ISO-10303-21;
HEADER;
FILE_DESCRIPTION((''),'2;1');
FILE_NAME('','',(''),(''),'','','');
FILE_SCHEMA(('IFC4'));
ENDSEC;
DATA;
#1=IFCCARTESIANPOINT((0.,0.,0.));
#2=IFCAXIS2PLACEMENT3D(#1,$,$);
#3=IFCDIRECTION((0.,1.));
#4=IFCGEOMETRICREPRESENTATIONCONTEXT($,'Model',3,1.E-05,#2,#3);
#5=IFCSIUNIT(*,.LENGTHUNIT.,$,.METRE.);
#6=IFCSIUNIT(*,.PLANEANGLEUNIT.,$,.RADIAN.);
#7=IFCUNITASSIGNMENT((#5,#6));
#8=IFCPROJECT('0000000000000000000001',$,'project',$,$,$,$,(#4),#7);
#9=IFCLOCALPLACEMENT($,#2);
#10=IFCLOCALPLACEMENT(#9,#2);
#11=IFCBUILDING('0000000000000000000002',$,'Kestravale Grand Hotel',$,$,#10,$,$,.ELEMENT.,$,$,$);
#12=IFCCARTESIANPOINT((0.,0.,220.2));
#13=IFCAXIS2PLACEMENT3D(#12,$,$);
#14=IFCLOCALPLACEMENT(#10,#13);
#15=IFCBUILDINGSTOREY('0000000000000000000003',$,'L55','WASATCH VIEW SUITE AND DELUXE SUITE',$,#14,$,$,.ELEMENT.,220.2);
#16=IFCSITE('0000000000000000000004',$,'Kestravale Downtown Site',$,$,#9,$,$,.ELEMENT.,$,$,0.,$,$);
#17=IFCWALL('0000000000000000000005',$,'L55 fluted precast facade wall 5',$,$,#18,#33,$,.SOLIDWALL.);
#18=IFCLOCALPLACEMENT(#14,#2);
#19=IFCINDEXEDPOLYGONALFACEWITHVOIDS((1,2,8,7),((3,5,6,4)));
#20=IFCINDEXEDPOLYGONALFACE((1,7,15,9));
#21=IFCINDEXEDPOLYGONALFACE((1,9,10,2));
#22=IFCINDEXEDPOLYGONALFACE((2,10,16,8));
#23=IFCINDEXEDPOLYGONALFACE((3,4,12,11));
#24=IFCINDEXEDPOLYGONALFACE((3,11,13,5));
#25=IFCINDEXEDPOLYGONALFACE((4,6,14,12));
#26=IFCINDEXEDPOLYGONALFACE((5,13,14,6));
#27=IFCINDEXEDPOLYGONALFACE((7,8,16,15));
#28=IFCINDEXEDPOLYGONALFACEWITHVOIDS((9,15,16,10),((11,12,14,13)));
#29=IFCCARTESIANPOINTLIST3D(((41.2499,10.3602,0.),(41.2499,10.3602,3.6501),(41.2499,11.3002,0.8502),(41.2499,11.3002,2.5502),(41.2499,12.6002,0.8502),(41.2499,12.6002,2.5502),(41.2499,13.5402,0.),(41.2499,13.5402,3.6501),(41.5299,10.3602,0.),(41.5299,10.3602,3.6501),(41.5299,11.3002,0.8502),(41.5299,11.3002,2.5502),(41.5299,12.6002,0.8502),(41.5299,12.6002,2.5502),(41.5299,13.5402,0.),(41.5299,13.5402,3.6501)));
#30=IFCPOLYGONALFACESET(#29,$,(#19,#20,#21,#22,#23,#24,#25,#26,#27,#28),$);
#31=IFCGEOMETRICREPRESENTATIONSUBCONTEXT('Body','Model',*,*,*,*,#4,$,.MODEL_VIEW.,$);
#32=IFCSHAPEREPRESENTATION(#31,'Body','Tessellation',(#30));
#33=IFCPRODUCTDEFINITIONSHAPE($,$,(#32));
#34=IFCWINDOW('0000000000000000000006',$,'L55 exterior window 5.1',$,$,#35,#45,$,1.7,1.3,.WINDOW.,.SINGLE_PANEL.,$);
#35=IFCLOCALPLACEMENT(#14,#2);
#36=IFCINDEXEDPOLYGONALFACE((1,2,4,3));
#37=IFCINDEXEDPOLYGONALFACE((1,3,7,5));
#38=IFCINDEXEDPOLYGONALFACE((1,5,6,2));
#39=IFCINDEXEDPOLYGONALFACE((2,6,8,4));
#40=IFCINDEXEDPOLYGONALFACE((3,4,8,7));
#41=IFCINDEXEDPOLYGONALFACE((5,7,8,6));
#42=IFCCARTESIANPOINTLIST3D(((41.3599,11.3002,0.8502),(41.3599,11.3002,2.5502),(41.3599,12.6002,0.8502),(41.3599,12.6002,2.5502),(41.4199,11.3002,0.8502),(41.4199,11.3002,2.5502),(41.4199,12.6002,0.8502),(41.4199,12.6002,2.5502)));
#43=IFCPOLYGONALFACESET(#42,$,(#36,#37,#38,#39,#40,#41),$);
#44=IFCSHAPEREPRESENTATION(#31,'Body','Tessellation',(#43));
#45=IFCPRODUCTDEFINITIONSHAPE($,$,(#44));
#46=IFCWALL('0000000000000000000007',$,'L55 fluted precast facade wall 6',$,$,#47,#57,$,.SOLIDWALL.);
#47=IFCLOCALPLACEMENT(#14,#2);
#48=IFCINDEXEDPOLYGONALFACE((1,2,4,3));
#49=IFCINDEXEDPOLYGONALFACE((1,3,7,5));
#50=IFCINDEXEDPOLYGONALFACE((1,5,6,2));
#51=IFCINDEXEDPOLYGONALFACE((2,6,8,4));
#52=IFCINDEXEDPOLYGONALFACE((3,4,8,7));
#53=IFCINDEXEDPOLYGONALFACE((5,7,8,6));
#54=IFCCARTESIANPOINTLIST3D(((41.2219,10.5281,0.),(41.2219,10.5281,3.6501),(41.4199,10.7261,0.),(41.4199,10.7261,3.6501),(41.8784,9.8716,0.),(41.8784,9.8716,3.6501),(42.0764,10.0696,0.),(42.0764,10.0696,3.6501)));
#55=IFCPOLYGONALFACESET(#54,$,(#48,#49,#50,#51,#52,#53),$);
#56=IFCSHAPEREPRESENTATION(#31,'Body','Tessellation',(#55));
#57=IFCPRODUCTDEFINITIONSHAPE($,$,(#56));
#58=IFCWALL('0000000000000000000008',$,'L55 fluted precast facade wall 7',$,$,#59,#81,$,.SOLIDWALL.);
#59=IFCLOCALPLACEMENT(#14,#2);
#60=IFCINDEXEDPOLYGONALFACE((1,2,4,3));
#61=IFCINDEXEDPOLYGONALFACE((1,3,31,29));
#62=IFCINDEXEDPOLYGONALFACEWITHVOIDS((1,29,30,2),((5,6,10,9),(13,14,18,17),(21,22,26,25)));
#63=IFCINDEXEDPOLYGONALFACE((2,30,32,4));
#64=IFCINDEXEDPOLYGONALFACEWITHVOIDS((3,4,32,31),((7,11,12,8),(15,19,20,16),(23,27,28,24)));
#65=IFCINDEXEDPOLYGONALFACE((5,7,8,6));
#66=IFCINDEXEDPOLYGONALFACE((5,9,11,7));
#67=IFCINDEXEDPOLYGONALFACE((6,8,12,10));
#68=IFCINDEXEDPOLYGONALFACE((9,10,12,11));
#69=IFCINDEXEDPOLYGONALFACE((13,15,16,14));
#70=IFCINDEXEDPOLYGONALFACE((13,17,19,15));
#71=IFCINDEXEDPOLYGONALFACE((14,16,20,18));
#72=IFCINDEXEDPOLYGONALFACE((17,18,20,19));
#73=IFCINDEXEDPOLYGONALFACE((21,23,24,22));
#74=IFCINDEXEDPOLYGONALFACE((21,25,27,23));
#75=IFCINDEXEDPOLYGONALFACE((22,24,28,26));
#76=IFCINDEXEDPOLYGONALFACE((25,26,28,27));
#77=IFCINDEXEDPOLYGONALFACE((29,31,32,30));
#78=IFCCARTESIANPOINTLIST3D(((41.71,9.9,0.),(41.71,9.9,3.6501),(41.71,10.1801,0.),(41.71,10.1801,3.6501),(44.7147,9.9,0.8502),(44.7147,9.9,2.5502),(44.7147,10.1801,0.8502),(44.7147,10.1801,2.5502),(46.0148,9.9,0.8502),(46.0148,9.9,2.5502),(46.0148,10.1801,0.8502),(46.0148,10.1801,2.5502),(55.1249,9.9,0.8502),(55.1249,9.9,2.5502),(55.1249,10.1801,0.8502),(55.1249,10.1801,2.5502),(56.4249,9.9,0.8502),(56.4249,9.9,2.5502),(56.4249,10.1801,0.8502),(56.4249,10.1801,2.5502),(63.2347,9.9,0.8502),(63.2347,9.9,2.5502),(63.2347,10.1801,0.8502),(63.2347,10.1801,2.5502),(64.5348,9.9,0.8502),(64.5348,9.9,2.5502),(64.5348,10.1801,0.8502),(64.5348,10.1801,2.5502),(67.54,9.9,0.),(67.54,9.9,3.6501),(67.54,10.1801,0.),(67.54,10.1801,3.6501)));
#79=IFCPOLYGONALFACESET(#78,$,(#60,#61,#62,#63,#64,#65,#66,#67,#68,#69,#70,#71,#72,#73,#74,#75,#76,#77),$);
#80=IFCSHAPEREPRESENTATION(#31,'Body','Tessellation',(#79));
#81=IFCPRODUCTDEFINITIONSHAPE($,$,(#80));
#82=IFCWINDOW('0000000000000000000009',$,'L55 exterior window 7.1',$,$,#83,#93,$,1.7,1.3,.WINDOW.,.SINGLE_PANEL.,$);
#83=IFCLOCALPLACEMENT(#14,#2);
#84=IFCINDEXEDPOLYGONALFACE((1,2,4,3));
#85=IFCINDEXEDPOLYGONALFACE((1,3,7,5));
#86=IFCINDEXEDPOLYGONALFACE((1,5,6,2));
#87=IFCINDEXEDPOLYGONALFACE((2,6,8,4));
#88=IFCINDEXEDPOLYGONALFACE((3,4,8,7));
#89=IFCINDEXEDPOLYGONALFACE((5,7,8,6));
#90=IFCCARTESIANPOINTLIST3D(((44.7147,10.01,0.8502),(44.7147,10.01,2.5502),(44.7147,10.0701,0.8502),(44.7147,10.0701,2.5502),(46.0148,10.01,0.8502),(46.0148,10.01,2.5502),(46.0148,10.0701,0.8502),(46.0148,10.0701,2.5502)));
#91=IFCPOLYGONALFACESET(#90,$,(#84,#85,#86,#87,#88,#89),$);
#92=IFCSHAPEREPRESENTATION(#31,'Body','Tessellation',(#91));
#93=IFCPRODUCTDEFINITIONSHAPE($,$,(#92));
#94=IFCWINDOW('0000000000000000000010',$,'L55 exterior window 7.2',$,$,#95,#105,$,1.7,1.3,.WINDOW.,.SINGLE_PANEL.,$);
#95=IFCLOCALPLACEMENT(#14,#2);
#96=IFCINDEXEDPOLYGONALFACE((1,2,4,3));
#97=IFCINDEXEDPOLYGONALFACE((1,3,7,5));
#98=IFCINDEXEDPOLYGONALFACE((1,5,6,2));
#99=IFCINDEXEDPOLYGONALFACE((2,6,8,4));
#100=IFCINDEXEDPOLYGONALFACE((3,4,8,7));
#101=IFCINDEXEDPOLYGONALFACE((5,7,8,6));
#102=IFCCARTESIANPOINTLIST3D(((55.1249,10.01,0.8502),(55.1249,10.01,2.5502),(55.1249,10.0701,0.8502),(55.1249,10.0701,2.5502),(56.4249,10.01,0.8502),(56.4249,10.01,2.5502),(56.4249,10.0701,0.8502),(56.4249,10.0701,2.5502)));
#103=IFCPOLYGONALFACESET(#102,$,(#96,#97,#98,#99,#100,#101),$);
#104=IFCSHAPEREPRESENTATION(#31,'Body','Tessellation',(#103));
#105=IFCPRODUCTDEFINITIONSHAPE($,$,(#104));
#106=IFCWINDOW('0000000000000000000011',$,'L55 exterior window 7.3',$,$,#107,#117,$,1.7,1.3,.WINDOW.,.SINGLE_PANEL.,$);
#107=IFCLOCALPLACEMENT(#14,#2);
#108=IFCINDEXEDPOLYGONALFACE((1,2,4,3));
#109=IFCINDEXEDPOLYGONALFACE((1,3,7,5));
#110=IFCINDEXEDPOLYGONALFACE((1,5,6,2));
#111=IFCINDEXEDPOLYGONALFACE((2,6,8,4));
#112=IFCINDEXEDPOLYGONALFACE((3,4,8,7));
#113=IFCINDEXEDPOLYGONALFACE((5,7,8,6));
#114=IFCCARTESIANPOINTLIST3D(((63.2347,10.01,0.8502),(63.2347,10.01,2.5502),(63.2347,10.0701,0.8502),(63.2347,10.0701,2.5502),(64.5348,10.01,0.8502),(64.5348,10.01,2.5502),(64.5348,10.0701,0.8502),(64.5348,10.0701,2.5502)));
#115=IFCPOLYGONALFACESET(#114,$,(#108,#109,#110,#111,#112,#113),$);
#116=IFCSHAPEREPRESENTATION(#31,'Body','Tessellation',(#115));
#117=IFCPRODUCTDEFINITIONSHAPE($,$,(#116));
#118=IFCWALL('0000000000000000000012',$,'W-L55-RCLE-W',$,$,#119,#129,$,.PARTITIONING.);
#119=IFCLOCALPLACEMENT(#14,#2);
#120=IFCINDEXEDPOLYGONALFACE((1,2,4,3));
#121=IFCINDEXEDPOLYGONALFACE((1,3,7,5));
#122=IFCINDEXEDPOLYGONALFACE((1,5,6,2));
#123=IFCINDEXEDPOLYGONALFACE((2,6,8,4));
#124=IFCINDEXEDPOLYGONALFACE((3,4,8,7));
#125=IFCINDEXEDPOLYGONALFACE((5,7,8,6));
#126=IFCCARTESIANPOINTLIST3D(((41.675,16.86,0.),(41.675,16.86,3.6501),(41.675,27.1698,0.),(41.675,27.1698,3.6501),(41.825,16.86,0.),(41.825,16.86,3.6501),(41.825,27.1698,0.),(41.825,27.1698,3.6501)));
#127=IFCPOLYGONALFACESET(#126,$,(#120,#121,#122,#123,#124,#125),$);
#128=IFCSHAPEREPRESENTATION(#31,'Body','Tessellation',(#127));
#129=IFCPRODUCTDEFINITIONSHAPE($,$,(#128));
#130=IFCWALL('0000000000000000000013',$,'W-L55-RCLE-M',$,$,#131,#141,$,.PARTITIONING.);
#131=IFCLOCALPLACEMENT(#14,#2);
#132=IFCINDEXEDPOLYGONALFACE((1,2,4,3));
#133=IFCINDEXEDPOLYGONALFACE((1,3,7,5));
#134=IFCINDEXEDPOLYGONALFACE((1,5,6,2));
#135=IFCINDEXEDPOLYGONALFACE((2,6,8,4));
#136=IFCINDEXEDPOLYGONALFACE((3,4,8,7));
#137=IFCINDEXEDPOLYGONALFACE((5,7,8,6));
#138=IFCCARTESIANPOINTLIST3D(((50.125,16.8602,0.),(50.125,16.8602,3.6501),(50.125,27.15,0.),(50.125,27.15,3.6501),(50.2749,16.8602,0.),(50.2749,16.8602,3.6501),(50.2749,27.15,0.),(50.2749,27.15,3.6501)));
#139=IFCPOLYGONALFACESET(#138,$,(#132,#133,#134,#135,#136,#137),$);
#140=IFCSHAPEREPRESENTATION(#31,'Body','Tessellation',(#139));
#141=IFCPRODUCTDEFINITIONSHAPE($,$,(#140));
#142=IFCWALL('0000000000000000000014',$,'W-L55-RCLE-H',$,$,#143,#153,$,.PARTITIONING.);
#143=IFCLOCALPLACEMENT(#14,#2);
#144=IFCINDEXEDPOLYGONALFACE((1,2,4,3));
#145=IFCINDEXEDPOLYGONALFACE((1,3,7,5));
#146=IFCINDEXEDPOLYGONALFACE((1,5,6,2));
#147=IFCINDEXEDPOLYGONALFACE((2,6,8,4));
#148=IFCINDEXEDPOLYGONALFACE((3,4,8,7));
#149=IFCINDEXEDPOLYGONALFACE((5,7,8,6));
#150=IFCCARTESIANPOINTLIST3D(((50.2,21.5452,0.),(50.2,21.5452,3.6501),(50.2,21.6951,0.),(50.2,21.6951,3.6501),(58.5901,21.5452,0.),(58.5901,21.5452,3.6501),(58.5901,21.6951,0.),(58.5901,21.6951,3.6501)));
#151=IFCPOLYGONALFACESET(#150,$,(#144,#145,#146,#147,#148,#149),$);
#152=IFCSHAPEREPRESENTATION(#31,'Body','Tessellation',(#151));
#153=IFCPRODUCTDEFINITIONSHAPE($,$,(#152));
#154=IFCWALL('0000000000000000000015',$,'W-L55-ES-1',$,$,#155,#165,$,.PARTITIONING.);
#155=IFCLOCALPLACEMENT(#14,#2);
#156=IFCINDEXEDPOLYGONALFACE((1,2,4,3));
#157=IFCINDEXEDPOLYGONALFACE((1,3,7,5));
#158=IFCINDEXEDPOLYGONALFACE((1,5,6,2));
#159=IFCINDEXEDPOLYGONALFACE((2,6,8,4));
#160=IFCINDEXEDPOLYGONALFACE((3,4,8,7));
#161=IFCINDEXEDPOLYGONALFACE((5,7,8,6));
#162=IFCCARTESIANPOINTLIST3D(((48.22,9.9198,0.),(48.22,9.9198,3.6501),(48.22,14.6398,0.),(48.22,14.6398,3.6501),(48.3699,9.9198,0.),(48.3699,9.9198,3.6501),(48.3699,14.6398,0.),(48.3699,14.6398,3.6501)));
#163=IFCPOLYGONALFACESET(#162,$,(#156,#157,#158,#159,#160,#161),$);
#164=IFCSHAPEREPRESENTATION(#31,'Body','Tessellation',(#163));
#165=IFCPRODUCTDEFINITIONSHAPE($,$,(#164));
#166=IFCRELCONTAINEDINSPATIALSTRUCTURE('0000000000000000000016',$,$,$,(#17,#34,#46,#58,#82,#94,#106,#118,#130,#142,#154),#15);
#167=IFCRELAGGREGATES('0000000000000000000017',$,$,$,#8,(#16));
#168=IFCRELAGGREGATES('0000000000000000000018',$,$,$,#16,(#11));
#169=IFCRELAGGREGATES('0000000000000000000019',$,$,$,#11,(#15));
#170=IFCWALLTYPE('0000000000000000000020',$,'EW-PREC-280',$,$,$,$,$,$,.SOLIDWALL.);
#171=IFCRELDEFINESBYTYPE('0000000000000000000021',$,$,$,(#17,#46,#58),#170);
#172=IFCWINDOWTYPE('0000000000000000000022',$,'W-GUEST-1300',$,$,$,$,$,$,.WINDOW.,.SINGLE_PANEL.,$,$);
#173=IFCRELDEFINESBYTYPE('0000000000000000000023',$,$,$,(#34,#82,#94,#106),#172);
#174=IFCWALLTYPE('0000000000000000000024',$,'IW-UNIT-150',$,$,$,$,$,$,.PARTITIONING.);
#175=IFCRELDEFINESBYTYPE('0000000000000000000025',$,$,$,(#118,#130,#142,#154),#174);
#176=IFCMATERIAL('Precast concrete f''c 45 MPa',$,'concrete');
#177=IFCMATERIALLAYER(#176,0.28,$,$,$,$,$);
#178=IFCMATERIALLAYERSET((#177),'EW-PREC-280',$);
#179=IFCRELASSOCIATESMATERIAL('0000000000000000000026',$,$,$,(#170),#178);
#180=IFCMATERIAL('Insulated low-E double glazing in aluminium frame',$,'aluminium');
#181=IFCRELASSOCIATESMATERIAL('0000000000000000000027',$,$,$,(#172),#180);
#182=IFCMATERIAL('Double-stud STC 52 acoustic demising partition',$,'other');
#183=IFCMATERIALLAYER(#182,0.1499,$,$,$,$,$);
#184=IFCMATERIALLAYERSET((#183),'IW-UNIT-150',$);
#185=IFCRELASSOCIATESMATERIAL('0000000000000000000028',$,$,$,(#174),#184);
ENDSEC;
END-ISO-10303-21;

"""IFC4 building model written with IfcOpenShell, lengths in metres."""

from ifc_helpers import new_model, si_unit, direction, frame, frame_2d, origin, place, context, subcontext, project, spatial, rectangle, extrude, material, layer, layer_set, type_object, element, fill, save


model = new_model("IFC4")

# Units and contexts
model_context = context("Model", 3, precision=1e-05, world=origin(), true_north=direction((0.0, 1.0)))
body_context = subcontext(model_context, "Body", "Model", "MODEL_VIEW")
ifc_project = project(units=[si_unit("LENGTHUNIT", "METRE"), si_unit("PLANEANGLEUNIT", "RADIAN")], contexts=[model_context])

# Site, building, storey
site_placement = place(None, origin())
site = spatial("IfcSite", under=ifc_project, at=site_placement, Name="Kestravale Downtown Site", CompositionType="ELEMENT", RefElevation=0.0)
building_placement = place(site_placement, origin())
building = spatial("IfcBuilding", under=site, at=building_placement, Name="Kestravale Grand Hotel", CompositionType="ELEMENT")
storey_placement = place(building_placement, frame((0.0, 0.0, 220.2)))
storey = spatial("IfcBuildingStorey", under=building, at=storey_placement, Name="L55", Description="WASATCH VIEW SUITE AND DELUXE SUITE", CompositionType="ELEMENT", Elevation=220.2)

# Wall, opening, window
ifc_material_1 = material(Name="Precast concrete f'c 45 MPa", Category="concrete")
ifc_layer_1 = layer(ifc_material_1, 0.28)
ifc_layer_set_1 = layer_set([ifc_layer_1], Name="EW-PREC-280")
wall_type_1 = type_object("IfcWallType", Name="EW-PREC-280", PredefinedType="SOLIDWALL", material=ifc_layer_set_1)
wall_1_placement = place(storey_placement, frame((41.3899, 13.54, 0.0), z_axis=(0.0, 0.0, 1.0), x_axis=(0.0, -1.0, 0.0)))
wall_1 = element("IfcWall", 1, at=wall_1_placement, inside=storey, type_object=wall_type_1, Name="L55 fluted precast facade wall 5", PredefinedType="SOLIDWALL", context=body_context, shape_type="SweptSolid", body=[
    extrude(rectangle(XDim=3.1799, YDim=0.28, at=frame_2d((1.5898, 0.0))), origin(), (0.0, 0.0, 1.0), 3.6501),
])
opening_1_placement = place(wall_1_placement, frame((0.9399, 0.0, 0.8501)))
opening_1 = element("IfcOpeningElement", 2, at=opening_1_placement, cuts=wall_1, PredefinedType="OPENING", context=body_context, shape_type="SweptSolid", body=[
    extrude(rectangle(XDim=1.3, YDim=1.7, at=frame_2d((0.6499, 0.8501))), frame((0.0, 0.1499, 0.0), z_axis=(0.0, -1.0, 0.0), x_axis=(1.0, 0.0, 0.0)), (0.0, 0.0, 1.0), 0.3),
])
ifc_material_2 = material(Name="Insulated low-E double glazing in aluminium frame", Category="aluminium")
window_type = type_object("IfcWindowType", Name="W-GUEST-1300", PartitioningType="SINGLE_PANEL", PredefinedType="WINDOW", material=ifc_material_2)
window_1_placement = place(opening_1_placement, origin())
window_1 = element("IfcWindow", 3, at=window_1_placement, inside=storey, type_object=window_type, Name="L55 exterior window 5.1", OverallHeight=1.7, OverallWidth=1.3, PartitioningType="SINGLE_PANEL", PredefinedType="WINDOW", context=body_context, shape_type="SweptSolid", body=[
    extrude(rectangle(XDim=1.3, YDim=1.7, at=frame_2d((0.6499, 0.8501))), frame((0.0, 0.03, 0.0), z_axis=(0.0, -1.0, 0.0), x_axis=(1.0, 0.0, 0.0)), (0.0, 0.0, 1.0), 0.0601),
])
fill(opening_1, window_1)

# Wall
wall_2_placement = place(storey_placement, frame((41.3208, 10.6272, 0.0), z_axis=(0.0, 0.0, 1.0), x_axis=(0.707107, -0.707107, 0.0)))
element("IfcWall", 4, at=wall_2_placement, inside=storey, type_object=wall_type_1, Name="L55 fluted precast facade wall 6", PredefinedType="SOLIDWALL", context=body_context, shape_type="SweptSolid", body=[
    extrude(rectangle(XDim=0.9285, YDim=0.28, at=frame_2d((0.4644, 0.0))), origin(), (0.0, 0.0, 1.0), 3.6501),
])

# Wall, openings, windows
wall_3_placement = place(storey_placement, frame((41.71, 10.04, 0.0), z_axis=(0.0, 0.0, 1.0), x_axis=(1.0, 0.0, 0.0)))
wall_3 = element("IfcWall", 5, at=wall_3_placement, inside=storey, type_object=wall_type_1, Name="L55 fluted precast facade wall 7", PredefinedType="SOLIDWALL", context=body_context, shape_type="SweptSolid", body=[
    extrude(rectangle(XDim=25.8301, YDim=0.28, at=frame_2d((12.915, 0.0))), origin(), (0.0, 0.0, 1.0), 3.6501),
])
opening_2_placement = place(wall_3_placement, frame((3.0049, 0.0, 0.8501)))
opening_2 = element("IfcOpeningElement", 6, at=opening_2_placement, cuts=wall_3, PredefinedType="OPENING", context=body_context, shape_type="SweptSolid", body=[
    extrude(rectangle(XDim=1.3, YDim=1.7, at=frame_2d((0.6499, 0.8501))), frame((0.0, 0.1499, 0.0), z_axis=(0.0, -1.0, 0.0), x_axis=(1.0, 0.0, 0.0)), (0.0, 0.0, 1.0), 0.3),
])
opening_3_placement = place(wall_3_placement, frame((13.415, 0.0, 0.8501)))
opening_3 = element("IfcOpeningElement", 7, at=opening_3_placement, cuts=wall_3, PredefinedType="OPENING", context=body_context, shape_type="SweptSolid", body=[
    extrude(rectangle(XDim=1.3, YDim=1.7, at=frame_2d((0.6499, 0.8501))), frame((0.0, 0.1499, 0.0), z_axis=(0.0, -1.0, 0.0), x_axis=(1.0, 0.0, 0.0)), (0.0, 0.0, 1.0), 0.3),
])
opening_4_placement = place(wall_3_placement, frame((21.5249, 0.0, 0.8501)))
opening_4 = element("IfcOpeningElement", 8, at=opening_4_placement, cuts=wall_3, PredefinedType="OPENING", context=body_context, shape_type="SweptSolid", body=[
    extrude(rectangle(XDim=1.3, YDim=1.7, at=frame_2d((0.6499, 0.8501))), frame((0.0, 0.1499, 0.0), z_axis=(0.0, -1.0, 0.0), x_axis=(1.0, 0.0, 0.0)), (0.0, 0.0, 1.0), 0.3),
])
window_2_placement = place(opening_2_placement, origin())
window_2 = element("IfcWindow", 9, at=window_2_placement, inside=storey, type_object=window_type, Name="L55 exterior window 7.1", OverallHeight=1.7, OverallWidth=1.3, PartitioningType="SINGLE_PANEL", PredefinedType="WINDOW", context=body_context, shape_type="SweptSolid", body=[
    extrude(rectangle(XDim=1.3, YDim=1.7, at=frame_2d((0.6499, 0.8501))), frame((0.0, 0.03, 0.0), z_axis=(0.0, -1.0, 0.0), x_axis=(1.0, 0.0, 0.0)), (0.0, 0.0, 1.0), 0.0601),
])
fill(opening_2, window_2)
window_3_placement = place(opening_3_placement, origin())
window_3 = element("IfcWindow", 10, at=window_3_placement, inside=storey, type_object=window_type, Name="L55 exterior window 7.2", OverallHeight=1.7, OverallWidth=1.3, PartitioningType="SINGLE_PANEL", PredefinedType="WINDOW", context=body_context, shape_type="SweptSolid", body=[
    extrude(rectangle(XDim=1.3, YDim=1.7, at=frame_2d((0.6499, 0.8501))), frame((0.0, 0.03, 0.0), z_axis=(0.0, -1.0, 0.0), x_axis=(1.0, 0.0, 0.0)), (0.0, 0.0, 1.0), 0.0601),
])
fill(opening_3, window_3)
window_4_placement = place(opening_4_placement, origin())
window_4 = element("IfcWindow", 11, at=window_4_placement, inside=storey, type_object=window_type, Name="L55 exterior window 7.3", OverallHeight=1.7, OverallWidth=1.3, PartitioningType="SINGLE_PANEL", PredefinedType="WINDOW", context=body_context, shape_type="SweptSolid", body=[
    extrude(rectangle(XDim=1.3, YDim=1.7, at=frame_2d((0.6499, 0.8501))), frame((0.0, 0.03, 0.0), z_axis=(0.0, -1.0, 0.0), x_axis=(1.0, 0.0, 0.0)), (0.0, 0.0, 1.0), 0.0601),
])
fill(opening_4, window_4)

# Walls
ifc_material_3 = material(Name="Double-stud STC 52 acoustic demising partition", Category="other")
ifc_layer_2 = layer(ifc_material_3, 0.1499)
ifc_layer_set_2 = layer_set([ifc_layer_2], Name="IW-UNIT-150")
wall_type_2 = type_object("IfcWallType", Name="IW-UNIT-150", PredefinedType="PARTITIONING", material=ifc_layer_set_2)
wall_4_placement = place(storey_placement, frame((41.75, 16.8601, 0.0), z_axis=(0.0, 0.0, 1.0), x_axis=(0.0, 1.0, 0.0)))
element("IfcWall", 12, at=wall_4_placement, inside=storey, type_object=wall_type_2, Name="W-L55-RCLE-W", PredefinedType="PARTITIONING", context=body_context, shape_type="SweptSolid", body=[
    extrude(rectangle(XDim=10.3098, YDim=0.1499, at=frame_2d((5.1548, 0.0))), origin(), (0.0, 0.0, 1.0), 3.6501),
])
wall_5_placement = place(storey_placement, frame((50.2, 16.8601, 0.0), z_axis=(0.0, 0.0, 1.0), x_axis=(0.0, 1.0, 0.0)))
element("IfcWall", 13, at=wall_5_placement, inside=storey, type_object=wall_type_2, Name="W-L55-RCLE-M", PredefinedType="PARTITIONING", context=body_context, shape_type="SweptSolid", body=[
    extrude(rectangle(XDim=10.2898, YDim=0.1499, at=frame_2d((5.145, 0.0))), origin(), (0.0, 0.0, 1.0), 3.6501),
])
wall_6_placement = place(storey_placement, frame((50.2, 21.6201, 0.0), z_axis=(0.0, 0.0, 1.0), x_axis=(1.0, 0.0, 0.0)))
element("IfcWall", 14, at=wall_6_placement, inside=storey, type_object=wall_type_2, Name="W-L55-RCLE-H", PredefinedType="PARTITIONING", context=body_context, shape_type="SweptSolid", body=[
    extrude(rectangle(XDim=8.3901, YDim=0.1499, at=frame_2d((4.1951, 0.0))), origin(), (0.0, 0.0, 1.0), 3.6501),
])
wall_7_placement = place(storey_placement, frame((48.2949, 9.9199, 0.0), z_axis=(0.0, 0.0, 1.0), x_axis=(0.0, 1.0, 0.0)))
element("IfcWall", 15, at=wall_7_placement, inside=storey, type_object=wall_type_2, Name="W-L55-ES-1", PredefinedType="PARTITIONING", context=body_context, shape_type="SweptSolid", body=[
    extrude(rectangle(XDim=4.72, YDim=0.1499, at=frame_2d((2.3599, 0.0))), origin(), (0.0, 0.0, 1.0), 3.6501),
])

save(model, "model.ifc")
